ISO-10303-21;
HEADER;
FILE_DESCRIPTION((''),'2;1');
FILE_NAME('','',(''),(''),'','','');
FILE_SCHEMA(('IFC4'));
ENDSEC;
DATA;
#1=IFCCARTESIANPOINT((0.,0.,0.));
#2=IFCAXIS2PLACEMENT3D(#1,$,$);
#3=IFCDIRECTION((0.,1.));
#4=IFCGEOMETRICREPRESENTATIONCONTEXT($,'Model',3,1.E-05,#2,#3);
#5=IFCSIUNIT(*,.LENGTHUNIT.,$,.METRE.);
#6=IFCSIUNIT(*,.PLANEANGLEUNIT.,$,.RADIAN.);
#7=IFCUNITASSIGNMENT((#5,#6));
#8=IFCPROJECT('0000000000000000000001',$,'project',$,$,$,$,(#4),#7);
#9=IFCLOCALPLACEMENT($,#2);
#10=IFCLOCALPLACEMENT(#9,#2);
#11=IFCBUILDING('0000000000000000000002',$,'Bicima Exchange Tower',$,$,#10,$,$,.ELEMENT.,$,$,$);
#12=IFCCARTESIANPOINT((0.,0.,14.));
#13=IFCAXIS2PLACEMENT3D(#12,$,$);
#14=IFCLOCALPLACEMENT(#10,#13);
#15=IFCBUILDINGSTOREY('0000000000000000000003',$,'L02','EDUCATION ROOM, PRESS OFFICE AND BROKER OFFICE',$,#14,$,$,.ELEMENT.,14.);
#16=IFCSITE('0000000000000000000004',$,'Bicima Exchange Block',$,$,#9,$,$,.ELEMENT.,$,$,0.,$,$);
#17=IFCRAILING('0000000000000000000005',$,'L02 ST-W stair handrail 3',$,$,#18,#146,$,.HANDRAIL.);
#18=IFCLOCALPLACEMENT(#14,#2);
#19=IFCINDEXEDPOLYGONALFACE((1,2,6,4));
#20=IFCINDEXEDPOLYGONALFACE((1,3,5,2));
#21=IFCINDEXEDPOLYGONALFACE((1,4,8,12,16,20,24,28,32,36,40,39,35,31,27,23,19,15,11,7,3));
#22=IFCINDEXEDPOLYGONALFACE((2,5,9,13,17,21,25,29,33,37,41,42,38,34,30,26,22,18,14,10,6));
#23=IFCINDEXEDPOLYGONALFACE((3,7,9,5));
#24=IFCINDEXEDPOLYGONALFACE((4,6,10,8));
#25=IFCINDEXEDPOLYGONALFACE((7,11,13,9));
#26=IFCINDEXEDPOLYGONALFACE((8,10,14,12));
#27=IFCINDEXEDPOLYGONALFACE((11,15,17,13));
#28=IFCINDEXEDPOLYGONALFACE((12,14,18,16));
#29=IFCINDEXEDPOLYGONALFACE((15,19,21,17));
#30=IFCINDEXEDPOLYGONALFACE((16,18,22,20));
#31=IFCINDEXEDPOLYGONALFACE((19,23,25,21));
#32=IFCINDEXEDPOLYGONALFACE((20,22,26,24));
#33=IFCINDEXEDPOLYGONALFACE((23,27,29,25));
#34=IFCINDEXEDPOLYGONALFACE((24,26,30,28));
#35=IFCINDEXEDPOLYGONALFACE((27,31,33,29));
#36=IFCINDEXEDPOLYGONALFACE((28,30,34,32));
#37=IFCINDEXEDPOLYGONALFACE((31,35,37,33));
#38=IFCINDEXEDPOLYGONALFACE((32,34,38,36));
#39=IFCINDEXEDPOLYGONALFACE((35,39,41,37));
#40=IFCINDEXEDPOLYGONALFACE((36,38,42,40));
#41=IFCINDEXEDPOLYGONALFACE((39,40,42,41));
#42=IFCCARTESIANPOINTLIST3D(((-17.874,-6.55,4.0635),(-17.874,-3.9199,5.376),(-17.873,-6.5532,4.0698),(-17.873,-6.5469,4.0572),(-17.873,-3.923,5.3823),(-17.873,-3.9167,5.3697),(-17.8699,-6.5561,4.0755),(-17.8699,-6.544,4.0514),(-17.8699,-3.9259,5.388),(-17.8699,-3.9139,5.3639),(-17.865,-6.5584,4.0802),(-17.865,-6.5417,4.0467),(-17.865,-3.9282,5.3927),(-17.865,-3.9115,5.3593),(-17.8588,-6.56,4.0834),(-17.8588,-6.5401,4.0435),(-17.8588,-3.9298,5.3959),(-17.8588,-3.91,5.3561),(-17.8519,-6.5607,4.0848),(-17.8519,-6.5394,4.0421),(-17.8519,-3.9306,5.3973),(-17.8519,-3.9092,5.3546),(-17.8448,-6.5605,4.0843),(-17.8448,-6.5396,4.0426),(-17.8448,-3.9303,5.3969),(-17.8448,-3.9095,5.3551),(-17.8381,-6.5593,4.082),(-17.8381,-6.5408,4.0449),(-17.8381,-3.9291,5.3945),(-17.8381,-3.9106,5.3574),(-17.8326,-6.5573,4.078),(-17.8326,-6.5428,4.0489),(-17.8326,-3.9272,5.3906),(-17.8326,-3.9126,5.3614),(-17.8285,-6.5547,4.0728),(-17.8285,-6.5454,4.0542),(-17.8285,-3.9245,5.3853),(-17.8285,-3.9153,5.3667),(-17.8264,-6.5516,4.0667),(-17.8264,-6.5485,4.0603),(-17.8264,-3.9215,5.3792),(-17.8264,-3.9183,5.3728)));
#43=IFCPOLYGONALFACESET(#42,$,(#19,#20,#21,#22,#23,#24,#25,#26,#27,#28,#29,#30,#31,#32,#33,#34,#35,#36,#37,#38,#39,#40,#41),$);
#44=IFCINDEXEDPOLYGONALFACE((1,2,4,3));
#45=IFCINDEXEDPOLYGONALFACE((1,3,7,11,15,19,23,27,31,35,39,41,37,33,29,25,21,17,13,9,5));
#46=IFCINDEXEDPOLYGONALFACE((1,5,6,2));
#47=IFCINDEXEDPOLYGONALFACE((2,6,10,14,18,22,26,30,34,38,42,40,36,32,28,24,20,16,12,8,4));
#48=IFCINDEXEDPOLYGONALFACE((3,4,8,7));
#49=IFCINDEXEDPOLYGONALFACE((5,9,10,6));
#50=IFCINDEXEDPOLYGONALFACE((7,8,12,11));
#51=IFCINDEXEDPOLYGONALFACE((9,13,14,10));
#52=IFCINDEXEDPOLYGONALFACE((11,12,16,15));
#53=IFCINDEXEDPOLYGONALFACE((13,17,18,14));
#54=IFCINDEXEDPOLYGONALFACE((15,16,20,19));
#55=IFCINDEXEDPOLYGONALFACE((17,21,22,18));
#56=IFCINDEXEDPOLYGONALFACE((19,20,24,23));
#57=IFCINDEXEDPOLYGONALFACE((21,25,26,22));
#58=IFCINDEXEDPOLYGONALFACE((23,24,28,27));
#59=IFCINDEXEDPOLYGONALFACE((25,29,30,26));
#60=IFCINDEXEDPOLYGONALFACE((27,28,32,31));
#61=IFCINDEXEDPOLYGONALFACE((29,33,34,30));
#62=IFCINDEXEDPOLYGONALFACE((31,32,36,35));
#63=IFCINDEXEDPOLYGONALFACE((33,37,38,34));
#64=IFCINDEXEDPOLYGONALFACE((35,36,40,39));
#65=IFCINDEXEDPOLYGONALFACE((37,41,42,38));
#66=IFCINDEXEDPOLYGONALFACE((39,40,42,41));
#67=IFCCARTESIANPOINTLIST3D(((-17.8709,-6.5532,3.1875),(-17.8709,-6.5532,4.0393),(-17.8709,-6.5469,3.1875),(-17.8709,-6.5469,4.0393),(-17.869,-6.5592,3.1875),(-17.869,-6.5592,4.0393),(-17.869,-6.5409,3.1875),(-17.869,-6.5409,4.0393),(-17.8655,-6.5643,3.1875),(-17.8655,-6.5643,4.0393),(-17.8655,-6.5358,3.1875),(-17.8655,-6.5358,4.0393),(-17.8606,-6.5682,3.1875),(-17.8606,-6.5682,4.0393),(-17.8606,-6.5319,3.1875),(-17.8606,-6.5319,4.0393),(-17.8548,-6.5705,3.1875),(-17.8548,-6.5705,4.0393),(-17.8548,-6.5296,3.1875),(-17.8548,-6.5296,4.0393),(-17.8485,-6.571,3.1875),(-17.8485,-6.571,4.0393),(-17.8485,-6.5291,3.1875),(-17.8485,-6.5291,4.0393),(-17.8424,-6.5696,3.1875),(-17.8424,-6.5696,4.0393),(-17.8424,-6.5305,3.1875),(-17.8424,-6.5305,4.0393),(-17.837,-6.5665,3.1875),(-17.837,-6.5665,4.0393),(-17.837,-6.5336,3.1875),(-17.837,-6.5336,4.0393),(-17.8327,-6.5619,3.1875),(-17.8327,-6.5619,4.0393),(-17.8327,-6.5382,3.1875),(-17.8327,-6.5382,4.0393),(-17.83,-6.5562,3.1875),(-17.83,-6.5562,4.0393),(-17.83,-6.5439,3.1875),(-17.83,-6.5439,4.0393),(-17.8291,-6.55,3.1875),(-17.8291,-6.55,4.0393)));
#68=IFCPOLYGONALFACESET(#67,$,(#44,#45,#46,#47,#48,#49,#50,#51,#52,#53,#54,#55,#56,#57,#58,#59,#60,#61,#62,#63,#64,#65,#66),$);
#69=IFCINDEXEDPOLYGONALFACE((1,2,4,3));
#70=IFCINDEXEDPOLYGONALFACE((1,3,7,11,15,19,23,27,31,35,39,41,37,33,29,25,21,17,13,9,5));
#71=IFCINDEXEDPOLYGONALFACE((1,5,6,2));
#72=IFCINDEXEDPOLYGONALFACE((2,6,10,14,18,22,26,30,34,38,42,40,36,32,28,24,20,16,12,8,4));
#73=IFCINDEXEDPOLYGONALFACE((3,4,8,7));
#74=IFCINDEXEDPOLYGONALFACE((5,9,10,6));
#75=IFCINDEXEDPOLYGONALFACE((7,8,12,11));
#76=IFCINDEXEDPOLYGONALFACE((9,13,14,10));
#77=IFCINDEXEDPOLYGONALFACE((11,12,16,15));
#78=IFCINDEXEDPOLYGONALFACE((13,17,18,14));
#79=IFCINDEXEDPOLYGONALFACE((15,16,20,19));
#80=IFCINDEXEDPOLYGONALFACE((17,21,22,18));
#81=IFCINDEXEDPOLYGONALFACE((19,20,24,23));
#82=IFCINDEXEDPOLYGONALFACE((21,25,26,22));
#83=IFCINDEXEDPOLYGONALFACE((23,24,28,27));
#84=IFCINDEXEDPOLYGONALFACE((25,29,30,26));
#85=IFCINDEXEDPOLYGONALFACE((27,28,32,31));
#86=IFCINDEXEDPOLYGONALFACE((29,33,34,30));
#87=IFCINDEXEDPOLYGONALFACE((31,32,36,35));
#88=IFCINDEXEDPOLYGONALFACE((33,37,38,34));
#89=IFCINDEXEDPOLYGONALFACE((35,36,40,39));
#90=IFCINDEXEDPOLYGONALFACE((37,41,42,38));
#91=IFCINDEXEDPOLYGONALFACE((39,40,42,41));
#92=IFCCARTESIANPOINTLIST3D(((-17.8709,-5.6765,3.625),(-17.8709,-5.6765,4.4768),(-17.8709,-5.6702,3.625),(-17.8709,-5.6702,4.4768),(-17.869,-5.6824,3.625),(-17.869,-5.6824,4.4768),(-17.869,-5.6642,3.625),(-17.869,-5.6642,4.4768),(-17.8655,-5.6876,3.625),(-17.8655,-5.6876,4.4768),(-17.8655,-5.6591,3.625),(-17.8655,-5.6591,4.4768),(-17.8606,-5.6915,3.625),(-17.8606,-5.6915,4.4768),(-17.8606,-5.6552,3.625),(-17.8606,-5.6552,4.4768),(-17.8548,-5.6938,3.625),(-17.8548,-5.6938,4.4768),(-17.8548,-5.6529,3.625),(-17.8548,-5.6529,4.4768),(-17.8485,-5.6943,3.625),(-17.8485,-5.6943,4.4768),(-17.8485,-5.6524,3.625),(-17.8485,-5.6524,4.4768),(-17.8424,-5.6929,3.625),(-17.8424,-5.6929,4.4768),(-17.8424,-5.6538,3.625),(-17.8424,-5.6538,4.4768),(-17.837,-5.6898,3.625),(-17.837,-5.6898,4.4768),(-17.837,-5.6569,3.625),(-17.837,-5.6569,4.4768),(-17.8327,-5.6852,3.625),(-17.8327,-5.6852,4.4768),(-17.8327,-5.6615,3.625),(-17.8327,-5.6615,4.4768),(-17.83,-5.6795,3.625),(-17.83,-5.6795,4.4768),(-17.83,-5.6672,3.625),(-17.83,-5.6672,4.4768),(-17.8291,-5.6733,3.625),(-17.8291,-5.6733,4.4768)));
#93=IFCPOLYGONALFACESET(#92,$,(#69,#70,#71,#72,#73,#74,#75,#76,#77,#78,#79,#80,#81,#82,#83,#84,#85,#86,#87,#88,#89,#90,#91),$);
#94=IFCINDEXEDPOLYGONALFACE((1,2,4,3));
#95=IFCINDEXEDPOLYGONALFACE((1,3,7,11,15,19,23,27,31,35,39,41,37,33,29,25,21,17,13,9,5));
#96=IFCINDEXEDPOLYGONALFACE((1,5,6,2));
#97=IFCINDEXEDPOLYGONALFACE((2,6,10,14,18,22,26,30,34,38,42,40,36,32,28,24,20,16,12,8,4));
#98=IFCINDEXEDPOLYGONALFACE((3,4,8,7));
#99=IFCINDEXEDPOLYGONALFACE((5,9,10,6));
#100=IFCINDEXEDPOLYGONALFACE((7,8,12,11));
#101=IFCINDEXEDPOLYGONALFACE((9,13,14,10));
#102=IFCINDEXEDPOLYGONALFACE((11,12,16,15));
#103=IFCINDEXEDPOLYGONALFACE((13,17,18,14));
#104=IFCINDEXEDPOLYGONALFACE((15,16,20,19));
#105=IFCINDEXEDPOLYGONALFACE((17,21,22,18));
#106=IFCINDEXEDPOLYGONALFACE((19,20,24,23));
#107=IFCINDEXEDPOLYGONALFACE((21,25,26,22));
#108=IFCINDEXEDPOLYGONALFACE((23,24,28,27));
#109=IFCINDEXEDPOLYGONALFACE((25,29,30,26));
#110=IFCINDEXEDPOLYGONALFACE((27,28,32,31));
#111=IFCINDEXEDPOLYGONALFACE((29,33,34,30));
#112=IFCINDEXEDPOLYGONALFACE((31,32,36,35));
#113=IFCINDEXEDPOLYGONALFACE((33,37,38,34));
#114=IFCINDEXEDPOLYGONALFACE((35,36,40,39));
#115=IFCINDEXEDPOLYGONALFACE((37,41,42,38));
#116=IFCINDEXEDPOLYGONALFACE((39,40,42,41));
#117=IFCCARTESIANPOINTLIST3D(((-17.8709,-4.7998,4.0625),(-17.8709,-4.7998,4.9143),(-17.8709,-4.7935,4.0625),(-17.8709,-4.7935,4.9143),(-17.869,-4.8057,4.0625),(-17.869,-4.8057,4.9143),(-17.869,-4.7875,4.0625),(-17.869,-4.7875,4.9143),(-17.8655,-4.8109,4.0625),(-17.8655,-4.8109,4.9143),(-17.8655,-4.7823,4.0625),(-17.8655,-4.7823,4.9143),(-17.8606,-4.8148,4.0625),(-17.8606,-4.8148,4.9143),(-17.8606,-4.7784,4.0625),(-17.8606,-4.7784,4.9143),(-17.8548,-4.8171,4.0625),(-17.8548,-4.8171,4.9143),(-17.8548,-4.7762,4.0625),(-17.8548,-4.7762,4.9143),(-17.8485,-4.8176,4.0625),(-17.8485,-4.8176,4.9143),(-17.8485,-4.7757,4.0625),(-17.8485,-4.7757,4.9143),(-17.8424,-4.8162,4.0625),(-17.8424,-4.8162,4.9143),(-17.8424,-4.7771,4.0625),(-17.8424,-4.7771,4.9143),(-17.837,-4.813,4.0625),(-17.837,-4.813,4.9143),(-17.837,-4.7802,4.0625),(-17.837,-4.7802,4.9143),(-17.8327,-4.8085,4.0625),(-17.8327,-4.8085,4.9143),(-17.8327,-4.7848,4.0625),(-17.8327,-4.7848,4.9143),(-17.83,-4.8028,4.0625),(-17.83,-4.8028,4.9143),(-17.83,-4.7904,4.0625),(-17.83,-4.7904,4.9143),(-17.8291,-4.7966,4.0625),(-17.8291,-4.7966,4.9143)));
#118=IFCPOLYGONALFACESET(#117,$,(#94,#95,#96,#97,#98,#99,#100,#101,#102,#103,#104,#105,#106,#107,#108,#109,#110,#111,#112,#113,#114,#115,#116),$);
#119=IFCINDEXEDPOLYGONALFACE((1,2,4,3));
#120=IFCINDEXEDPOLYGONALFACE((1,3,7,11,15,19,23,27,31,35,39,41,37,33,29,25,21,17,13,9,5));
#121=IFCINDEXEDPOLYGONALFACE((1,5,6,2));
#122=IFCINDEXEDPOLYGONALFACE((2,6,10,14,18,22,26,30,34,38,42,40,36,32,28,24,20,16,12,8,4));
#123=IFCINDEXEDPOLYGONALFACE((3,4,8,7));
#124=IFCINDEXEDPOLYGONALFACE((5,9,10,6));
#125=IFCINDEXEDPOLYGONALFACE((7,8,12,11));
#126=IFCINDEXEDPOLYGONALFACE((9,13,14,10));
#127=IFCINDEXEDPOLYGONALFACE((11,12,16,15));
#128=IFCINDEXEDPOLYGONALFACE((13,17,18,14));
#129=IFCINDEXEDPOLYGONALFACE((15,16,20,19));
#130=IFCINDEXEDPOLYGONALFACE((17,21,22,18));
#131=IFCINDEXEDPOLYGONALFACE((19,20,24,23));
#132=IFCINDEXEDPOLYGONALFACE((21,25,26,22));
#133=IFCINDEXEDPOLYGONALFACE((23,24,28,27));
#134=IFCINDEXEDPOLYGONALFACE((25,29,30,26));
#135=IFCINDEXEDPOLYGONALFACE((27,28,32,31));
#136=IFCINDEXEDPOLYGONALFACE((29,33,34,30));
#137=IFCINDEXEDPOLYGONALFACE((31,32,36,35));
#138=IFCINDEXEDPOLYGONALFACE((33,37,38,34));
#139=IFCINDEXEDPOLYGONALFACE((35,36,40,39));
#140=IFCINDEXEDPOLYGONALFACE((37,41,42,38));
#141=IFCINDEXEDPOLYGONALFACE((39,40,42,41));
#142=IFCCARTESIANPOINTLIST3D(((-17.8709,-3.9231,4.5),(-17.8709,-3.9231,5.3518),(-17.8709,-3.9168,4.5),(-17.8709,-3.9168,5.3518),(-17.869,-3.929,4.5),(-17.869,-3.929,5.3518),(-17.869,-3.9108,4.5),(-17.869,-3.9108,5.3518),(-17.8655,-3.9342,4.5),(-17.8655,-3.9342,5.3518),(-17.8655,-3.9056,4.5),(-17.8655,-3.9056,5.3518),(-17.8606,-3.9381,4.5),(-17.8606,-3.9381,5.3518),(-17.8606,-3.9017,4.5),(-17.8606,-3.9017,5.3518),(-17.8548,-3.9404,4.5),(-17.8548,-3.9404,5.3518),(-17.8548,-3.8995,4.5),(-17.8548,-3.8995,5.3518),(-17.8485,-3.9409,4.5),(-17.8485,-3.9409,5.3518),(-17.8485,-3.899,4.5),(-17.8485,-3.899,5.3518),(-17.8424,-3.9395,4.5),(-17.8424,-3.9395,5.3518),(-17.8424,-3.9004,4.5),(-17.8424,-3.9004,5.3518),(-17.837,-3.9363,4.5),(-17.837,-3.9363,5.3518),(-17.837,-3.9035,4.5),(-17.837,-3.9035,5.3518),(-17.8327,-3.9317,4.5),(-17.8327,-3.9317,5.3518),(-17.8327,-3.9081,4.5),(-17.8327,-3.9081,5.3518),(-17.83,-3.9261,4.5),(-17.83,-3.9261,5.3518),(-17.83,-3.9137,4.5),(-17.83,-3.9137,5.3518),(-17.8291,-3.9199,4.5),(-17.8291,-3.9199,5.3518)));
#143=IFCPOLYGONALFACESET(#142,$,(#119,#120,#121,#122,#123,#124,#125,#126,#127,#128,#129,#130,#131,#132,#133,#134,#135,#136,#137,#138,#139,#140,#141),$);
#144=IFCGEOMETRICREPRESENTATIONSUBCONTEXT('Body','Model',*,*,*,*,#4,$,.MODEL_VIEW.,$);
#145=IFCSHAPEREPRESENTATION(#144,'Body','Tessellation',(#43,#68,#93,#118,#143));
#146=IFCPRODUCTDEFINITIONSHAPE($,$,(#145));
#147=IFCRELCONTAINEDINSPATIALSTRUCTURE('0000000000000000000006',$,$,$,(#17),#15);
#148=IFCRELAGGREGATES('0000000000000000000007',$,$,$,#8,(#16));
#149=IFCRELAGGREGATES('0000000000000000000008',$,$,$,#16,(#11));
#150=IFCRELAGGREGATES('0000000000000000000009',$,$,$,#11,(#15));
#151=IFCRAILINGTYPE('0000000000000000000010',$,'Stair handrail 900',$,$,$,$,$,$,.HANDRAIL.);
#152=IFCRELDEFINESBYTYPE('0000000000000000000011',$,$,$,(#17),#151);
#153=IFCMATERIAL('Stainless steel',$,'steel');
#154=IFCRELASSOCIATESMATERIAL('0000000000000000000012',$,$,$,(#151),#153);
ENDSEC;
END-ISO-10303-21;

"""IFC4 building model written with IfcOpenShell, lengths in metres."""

from ifc_helpers import new_model, si_unit, direction, frame, origin, origin_2d, place, context, subcontext, project, spatial, circle, extrude, material, type_object, element, save


model = new_model("IFC4")

# Units and contexts
model_context = context("Model", 3, precision=1e-05, world=origin(), true_north=direction((0.0, 1.0)))
body_context = subcontext(model_context, "Body", "Model", "MODEL_VIEW")
ifc_project = project(units=[si_unit("LENGTHUNIT", "METRE"), si_unit("PLANEANGLEUNIT", "RADIAN")], contexts=[model_context])

# Site, building, storey
site_placement = place(None, origin())
site = spatial("IfcSite", under=ifc_project, at=site_placement, Name="Bicima Exchange Block", CompositionType="ELEMENT", RefElevation=0.0)
building_placement = place(site_placement, origin())
building = spatial("IfcBuilding", under=site, at=building_placement, Name="Bicima Exchange Tower", CompositionType="ELEMENT")
storey_placement = place(building_placement, frame((0.0, 0.0, 14.0)))
storey = spatial("IfcBuildingStorey", under=building, at=storey_placement, Name="L02", Description="EDUCATION ROOM, PRESS OFFICE AND BROKER OFFICE", CompositionType="ELEMENT", Elevation=14.0)

# Shared definitions
ifc_material_1 = material(Name="Stainless steel", Category="steel")

# Railing
railing_type = type_object("IfcRailingType", Name="Stair handrail 900", PredefinedType="HANDRAIL", material=ifc_material_1)
railing_placement = place(storey_placement, frame((-17.8501, -6.55, 3.1875)))
element("IfcRailing", 1, at=railing_placement, inside=storey, type_object=railing_type, Name="L02 ST-W stair handrail 3", PredefinedType="HANDRAIL", context=body_context, shape_type="SweptSolid", body=[
    extrude(circle(Radius=0.0239, at=origin_2d()), frame((0.0, 0.0, 0.876), z_axis=(0.0, 0.894776, 0.446516), x_axis=(-1.0, 0.0, 0.0)), (0.0, 0.0, 1.0), 2.9395),
    extrude(circle(Radius=0.021, at=origin_2d()), origin(), (0.0, 0.0, 1.0), 0.8518),
    extrude(circle(Radius=0.021, at=origin_2d()), frame((0.0, 0.8767, 0.4375)), (0.0, 0.0, 1.0), 0.8518),
    extrude(circle(Radius=0.021, at=origin_2d()), frame((0.0, 1.7534, 0.875)), (0.0, 0.0, 1.0), 0.8518),
    extrude(circle(Radius=0.021, at=origin_2d()), frame((0.0, 2.6301, 1.3125)), (0.0, 0.0, 1.0), 0.8518),
])

save(model, "model.ifc")
